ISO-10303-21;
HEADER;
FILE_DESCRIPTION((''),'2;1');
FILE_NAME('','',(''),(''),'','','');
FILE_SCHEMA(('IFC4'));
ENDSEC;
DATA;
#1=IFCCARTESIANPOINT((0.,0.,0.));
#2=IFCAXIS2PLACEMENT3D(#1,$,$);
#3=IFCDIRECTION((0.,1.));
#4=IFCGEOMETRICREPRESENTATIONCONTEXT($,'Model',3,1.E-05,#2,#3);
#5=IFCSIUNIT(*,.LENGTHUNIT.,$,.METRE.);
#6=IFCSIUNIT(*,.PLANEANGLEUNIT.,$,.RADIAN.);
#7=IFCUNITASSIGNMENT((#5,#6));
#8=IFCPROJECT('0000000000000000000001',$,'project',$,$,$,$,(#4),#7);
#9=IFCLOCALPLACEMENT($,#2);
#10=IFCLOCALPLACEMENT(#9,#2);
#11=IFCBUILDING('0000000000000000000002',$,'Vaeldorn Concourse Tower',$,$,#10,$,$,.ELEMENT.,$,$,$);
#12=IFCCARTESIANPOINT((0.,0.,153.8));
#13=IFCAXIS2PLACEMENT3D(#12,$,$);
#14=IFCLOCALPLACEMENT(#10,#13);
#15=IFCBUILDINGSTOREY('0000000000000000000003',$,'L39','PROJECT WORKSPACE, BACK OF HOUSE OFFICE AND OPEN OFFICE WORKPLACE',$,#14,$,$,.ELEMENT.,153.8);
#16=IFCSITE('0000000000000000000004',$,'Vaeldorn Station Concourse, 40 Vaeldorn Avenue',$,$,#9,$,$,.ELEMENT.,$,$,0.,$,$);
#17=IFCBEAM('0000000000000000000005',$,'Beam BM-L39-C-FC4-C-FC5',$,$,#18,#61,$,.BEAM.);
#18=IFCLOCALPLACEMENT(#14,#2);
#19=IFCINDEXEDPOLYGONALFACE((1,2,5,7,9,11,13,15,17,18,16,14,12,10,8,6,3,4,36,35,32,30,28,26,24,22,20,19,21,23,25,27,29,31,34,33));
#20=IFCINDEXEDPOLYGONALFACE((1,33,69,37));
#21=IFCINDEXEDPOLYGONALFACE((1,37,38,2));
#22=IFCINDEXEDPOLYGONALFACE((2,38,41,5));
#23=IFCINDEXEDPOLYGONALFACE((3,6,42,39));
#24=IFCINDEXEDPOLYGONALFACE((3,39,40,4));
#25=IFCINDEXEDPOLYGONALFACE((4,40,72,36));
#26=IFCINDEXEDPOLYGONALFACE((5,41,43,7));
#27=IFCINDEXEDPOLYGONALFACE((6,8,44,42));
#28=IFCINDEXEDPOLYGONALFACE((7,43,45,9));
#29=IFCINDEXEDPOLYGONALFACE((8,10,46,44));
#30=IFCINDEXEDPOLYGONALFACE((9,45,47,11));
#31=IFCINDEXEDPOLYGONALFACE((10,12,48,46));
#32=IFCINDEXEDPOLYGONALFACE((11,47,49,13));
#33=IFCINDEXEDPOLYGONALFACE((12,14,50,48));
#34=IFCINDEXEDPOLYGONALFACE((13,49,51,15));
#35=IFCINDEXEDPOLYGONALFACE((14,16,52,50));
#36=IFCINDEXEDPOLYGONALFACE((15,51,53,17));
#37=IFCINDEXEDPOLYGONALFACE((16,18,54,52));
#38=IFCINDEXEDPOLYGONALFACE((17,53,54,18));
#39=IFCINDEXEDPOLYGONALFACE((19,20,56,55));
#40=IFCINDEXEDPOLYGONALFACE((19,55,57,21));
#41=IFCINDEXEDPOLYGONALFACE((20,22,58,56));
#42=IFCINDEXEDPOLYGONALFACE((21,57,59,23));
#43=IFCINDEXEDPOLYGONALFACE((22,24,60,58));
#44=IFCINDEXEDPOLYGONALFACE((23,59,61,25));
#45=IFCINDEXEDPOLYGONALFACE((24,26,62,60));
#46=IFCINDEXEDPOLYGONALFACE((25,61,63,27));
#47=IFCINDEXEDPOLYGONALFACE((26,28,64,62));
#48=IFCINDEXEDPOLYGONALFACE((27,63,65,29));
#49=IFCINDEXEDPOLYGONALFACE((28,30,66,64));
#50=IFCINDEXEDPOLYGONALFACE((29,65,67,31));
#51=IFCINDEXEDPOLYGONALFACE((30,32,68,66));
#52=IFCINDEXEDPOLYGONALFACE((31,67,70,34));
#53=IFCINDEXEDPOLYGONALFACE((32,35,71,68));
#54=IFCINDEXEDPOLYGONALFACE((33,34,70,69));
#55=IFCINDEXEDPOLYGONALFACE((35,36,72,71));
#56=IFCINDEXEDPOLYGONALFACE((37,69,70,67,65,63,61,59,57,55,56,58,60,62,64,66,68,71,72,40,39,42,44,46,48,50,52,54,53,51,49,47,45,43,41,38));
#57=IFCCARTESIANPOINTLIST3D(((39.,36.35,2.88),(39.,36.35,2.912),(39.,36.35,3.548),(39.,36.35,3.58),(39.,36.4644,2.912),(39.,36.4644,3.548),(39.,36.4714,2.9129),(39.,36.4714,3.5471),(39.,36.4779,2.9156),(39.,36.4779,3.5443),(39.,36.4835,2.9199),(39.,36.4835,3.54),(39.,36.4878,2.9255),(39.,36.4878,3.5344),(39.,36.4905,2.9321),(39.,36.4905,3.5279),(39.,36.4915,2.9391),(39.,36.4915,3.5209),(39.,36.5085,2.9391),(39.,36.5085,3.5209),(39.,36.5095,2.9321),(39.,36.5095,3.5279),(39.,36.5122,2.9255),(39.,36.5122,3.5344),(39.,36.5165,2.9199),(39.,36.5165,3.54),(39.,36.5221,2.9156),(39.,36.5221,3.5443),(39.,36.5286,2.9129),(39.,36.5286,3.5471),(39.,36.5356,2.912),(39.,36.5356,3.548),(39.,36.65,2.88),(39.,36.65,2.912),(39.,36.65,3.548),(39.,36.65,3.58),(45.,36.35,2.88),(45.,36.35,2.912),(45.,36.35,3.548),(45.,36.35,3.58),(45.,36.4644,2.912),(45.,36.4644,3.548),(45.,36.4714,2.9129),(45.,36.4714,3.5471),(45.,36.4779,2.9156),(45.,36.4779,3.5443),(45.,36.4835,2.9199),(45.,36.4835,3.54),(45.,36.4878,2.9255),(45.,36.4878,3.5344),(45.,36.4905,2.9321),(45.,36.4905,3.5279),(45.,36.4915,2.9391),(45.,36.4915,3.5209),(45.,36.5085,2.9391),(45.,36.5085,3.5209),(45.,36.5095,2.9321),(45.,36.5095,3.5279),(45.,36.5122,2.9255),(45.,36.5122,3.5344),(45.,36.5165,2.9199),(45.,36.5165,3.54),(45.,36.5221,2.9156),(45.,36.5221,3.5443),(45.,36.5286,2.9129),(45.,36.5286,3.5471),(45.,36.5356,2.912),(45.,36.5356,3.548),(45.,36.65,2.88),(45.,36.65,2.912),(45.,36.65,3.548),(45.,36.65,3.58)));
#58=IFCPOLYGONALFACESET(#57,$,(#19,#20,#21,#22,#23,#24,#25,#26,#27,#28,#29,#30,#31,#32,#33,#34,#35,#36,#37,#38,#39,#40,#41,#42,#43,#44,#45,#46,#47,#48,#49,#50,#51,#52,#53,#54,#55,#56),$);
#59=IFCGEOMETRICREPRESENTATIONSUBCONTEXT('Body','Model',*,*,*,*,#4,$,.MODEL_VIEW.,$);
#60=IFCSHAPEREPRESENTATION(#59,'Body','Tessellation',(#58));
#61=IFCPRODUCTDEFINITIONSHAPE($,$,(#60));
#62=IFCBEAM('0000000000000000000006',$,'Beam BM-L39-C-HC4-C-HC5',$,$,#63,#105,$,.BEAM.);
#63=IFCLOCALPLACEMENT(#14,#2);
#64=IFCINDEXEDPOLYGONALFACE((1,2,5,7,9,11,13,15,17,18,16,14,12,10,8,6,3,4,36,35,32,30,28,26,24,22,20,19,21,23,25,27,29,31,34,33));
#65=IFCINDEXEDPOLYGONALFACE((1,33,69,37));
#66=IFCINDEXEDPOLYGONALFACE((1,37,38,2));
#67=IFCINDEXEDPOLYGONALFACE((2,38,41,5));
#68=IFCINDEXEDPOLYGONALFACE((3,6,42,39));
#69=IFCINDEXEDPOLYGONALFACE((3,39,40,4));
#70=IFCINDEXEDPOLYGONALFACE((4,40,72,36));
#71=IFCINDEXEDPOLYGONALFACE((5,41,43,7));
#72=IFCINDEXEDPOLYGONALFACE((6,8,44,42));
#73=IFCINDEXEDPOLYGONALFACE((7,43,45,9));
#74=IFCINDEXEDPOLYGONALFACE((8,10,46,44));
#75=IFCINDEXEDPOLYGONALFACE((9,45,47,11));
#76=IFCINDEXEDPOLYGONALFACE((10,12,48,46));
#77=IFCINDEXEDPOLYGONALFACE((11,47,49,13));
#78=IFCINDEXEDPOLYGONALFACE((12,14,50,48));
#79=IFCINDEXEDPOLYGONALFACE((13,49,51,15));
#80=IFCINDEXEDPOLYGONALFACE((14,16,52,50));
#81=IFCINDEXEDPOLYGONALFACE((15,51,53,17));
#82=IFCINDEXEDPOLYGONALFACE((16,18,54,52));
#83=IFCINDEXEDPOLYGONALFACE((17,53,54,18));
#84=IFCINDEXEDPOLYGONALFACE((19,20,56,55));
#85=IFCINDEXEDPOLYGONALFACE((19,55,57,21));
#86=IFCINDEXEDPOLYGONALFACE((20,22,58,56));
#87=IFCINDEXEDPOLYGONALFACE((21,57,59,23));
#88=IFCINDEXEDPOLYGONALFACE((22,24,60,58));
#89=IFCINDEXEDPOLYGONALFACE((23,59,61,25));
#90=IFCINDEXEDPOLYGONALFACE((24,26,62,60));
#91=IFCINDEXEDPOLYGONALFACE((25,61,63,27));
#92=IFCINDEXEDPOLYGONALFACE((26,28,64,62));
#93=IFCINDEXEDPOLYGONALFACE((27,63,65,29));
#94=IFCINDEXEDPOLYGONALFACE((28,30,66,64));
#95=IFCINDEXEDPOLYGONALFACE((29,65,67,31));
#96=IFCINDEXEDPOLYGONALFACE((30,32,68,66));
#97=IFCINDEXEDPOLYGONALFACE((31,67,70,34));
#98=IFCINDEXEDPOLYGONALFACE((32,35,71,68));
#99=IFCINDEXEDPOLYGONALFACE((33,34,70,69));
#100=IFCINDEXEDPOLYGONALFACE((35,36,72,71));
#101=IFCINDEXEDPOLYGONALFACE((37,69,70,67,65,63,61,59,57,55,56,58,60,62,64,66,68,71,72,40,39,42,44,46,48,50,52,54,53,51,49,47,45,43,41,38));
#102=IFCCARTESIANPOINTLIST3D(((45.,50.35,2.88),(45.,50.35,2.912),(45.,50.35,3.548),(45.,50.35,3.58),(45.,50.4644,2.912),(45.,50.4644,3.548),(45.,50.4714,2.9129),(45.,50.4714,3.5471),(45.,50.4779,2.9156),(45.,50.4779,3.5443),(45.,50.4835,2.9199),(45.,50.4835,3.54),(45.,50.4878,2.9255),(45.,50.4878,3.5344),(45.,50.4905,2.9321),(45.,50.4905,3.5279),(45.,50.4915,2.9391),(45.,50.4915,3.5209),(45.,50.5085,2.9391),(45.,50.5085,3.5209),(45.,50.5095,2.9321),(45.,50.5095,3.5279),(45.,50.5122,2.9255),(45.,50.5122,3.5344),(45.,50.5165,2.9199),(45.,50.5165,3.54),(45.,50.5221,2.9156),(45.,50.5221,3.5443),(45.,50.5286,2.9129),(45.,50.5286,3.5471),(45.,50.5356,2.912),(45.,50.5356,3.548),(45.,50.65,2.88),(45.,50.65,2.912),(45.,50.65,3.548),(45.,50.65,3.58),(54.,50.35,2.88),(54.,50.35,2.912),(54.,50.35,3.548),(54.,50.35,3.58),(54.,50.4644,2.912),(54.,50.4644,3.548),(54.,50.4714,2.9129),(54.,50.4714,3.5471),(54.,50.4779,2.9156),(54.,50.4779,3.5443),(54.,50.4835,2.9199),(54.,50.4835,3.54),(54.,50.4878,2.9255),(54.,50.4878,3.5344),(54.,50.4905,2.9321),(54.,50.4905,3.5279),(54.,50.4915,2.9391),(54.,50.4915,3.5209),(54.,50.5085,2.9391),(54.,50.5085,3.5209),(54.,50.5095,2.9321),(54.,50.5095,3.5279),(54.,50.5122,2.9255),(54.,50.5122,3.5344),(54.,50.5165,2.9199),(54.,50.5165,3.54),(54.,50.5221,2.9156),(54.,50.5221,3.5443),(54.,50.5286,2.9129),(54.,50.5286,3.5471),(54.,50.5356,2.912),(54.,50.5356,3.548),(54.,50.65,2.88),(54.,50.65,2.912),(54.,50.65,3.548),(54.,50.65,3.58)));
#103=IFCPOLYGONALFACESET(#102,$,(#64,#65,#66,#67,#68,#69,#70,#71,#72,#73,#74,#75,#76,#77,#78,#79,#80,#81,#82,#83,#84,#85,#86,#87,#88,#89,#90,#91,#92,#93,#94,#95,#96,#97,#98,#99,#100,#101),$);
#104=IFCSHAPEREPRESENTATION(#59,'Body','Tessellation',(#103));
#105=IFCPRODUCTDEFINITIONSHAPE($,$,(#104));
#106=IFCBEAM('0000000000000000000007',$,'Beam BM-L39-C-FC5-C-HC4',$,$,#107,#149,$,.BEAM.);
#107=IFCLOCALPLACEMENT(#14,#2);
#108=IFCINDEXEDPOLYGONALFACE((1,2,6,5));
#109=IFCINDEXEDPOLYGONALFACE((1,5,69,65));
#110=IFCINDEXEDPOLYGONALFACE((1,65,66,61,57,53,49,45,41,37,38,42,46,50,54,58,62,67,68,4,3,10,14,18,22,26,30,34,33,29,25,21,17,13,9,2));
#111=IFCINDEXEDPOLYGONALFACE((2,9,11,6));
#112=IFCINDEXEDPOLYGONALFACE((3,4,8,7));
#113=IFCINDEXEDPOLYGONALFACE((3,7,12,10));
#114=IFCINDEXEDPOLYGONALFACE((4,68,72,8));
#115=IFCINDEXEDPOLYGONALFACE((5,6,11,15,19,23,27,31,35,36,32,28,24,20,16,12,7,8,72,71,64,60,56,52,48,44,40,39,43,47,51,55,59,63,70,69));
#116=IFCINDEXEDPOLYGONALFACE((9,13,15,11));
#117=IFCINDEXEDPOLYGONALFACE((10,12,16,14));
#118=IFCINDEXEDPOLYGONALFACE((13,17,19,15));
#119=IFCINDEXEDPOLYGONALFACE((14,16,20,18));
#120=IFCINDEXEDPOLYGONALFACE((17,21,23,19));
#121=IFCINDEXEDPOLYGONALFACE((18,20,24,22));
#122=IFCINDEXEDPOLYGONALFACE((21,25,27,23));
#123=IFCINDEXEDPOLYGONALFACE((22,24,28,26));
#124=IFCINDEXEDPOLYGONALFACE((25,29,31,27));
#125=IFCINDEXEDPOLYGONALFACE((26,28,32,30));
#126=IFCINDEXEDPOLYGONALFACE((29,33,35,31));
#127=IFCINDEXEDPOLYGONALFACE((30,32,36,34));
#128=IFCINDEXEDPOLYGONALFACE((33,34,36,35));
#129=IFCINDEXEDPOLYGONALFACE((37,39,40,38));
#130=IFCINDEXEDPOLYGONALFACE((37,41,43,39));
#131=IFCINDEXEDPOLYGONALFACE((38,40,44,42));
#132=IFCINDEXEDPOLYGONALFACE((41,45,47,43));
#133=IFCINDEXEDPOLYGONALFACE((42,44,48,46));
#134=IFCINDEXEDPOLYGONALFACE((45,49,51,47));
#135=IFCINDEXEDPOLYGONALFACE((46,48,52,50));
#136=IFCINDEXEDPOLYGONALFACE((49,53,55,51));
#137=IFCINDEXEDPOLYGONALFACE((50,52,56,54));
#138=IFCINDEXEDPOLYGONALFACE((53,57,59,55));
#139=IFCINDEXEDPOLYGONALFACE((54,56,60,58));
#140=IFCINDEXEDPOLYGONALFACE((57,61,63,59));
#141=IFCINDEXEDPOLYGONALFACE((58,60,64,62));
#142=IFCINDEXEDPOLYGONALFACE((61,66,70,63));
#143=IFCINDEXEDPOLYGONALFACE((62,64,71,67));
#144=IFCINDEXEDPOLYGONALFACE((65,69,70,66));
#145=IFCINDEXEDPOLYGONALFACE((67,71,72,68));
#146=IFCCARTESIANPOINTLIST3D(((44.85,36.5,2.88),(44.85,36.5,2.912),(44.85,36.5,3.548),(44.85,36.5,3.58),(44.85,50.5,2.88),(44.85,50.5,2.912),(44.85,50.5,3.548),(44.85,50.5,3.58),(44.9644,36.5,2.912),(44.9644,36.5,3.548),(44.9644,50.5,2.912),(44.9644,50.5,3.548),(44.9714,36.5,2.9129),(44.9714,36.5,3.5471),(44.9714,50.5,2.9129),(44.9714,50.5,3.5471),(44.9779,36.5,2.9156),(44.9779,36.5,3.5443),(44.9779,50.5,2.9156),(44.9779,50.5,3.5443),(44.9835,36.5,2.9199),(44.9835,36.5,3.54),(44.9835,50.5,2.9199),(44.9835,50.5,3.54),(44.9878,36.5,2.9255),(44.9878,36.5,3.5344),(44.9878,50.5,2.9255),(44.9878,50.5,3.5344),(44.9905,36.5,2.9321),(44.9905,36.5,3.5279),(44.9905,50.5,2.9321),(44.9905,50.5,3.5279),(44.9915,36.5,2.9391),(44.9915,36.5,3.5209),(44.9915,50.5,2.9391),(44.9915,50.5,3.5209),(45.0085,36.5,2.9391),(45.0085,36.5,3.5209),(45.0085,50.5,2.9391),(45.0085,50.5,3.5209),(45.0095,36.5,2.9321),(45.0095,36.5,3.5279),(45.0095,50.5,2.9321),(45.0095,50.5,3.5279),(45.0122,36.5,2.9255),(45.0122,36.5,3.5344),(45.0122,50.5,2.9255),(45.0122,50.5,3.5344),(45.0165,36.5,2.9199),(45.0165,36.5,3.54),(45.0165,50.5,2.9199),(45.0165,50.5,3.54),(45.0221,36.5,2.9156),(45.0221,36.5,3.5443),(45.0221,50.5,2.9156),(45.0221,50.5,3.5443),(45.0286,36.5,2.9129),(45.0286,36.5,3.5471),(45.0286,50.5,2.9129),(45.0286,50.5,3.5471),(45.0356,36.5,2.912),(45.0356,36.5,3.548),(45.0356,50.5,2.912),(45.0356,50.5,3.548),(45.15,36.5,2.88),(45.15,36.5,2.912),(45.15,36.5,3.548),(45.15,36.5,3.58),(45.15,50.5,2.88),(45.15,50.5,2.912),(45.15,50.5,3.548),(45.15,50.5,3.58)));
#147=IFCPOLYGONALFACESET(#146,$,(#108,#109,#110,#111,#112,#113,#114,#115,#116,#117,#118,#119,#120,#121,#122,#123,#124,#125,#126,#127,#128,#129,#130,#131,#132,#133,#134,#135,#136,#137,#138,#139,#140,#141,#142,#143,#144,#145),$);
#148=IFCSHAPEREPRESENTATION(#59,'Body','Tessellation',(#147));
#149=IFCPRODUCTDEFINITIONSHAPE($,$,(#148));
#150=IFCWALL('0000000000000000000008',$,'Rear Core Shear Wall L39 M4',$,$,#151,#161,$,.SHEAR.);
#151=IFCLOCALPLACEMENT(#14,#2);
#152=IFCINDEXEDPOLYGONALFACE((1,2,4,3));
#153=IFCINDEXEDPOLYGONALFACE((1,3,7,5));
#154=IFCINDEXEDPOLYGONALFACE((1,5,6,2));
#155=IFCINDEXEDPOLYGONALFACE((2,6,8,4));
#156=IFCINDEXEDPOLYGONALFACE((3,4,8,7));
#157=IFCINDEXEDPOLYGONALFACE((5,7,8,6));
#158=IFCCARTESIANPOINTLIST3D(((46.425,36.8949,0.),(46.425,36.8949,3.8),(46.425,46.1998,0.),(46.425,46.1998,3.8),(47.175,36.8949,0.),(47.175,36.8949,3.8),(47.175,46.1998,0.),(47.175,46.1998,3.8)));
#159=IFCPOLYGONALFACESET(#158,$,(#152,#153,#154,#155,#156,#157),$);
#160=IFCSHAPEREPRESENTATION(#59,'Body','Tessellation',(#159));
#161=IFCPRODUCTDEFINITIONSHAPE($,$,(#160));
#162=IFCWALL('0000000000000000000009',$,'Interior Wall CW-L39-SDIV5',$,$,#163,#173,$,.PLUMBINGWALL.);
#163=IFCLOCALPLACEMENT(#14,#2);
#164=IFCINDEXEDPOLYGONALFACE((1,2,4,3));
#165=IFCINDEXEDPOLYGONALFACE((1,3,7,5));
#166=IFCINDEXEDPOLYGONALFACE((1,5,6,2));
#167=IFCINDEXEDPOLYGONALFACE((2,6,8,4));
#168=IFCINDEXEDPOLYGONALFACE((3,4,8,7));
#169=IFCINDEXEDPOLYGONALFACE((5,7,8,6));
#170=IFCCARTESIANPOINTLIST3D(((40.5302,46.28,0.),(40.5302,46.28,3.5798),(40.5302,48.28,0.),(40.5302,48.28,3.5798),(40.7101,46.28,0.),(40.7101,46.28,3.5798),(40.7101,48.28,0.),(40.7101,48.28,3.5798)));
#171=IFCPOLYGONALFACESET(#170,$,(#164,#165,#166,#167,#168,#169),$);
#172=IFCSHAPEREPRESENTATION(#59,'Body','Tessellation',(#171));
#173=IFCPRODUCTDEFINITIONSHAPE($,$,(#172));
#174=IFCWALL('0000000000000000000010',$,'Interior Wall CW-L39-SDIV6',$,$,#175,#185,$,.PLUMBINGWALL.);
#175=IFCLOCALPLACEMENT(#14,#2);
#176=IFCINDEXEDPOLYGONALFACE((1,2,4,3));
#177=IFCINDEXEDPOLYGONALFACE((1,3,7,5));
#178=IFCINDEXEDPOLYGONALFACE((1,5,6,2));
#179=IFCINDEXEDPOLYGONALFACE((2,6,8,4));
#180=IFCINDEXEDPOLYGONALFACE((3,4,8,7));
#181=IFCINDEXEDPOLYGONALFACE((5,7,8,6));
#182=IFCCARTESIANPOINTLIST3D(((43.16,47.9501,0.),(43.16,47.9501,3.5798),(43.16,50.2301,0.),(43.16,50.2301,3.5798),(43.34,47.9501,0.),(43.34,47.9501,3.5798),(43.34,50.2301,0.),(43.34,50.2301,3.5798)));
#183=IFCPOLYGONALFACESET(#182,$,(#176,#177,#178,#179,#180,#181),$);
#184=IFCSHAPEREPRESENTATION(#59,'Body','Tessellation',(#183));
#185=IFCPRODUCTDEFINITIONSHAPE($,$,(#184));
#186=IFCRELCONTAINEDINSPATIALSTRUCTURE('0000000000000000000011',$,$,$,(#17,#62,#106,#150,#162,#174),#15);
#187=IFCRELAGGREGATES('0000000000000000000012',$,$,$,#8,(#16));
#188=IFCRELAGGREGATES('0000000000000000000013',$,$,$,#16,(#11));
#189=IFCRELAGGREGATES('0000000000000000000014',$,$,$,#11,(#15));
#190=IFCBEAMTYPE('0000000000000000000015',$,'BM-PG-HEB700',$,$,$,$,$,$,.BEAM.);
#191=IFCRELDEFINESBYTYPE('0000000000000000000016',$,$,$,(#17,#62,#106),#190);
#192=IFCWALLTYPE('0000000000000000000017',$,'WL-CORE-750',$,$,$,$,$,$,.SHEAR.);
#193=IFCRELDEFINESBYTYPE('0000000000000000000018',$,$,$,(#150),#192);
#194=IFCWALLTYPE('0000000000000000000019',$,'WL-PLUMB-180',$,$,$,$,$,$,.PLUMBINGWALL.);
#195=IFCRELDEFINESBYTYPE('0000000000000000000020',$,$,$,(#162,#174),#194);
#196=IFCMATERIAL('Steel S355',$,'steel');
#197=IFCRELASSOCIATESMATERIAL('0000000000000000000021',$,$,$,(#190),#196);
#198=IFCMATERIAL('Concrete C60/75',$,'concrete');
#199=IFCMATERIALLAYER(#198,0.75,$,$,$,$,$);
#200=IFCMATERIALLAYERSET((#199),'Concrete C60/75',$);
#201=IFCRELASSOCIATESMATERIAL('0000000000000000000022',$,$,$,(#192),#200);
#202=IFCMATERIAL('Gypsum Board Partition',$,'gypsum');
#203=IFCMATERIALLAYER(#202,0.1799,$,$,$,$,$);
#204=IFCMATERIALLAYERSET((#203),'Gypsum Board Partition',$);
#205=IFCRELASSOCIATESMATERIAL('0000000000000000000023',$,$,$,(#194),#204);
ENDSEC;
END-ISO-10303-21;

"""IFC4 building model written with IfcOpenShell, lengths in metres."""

from ifc_helpers import new_model, si_unit, direction, frame, frame_2d, origin, origin_2d, place, context, subcontext, project, spatial, rectangle, i_section, extrude, source, transform, mapped, material, layer, layer_set, material_profile, profile_set, type_object, element, save


model = new_model("IFC4")

# Units and contexts
model_context = context("Model", 3, precision=1e-05, world=origin(), true_north=direction((0.0, 1.0)))
body_context = subcontext(model_context, "Body", "Model", "MODEL_VIEW")
ifc_project = project(units=[si_unit("LENGTHUNIT", "METRE"), si_unit("PLANEANGLEUNIT", "RADIAN")], contexts=[model_context])

# Site, building, storey
site_placement = place(None, origin())
site = spatial("IfcSite", under=ifc_project, at=site_placement, Name="Vaeldorn Station Concourse, 40 Vaeldorn Avenue", CompositionType="ELEMENT", RefElevation=0.0)
building_placement = place(site_placement, origin())
building = spatial("IfcBuilding", under=site, at=building_placement, Name="Vaeldorn Concourse Tower", CompositionType="ELEMENT")
storey_placement = place(building_placement, frame((0.0, 0.0, 153.8)))
storey = spatial("IfcBuildingStorey", under=building, at=storey_placement, Name="L39", Description="PROJECT WORKSPACE, BACK OF HOUSE OFFICE AND OPEN OFFICE WORKPLACE", CompositionType="ELEMENT", Elevation=153.8)

# Beams
ifc_material_1 = material(Name="Concrete C60/75", Category="concrete")
ifc_material_2 = material(Name="Steel S355", Category="steel")
ifc_material_profile_1 = material_profile(ifc_material_2, i_section(OverallWidth=0.3, OverallDepth=0.7, WebThickness=0.0171, FlangeThickness=0.032, FilletRadius=0.0271, at=origin_2d()), Name="HEB 700")
ifc_profile_set_1 = profile_set([ifc_material_profile_1], Name="Steel S355")
beam_type_1 = type_object("IfcBeamType", Name="BM-PG-HEB700", PredefinedType="BEAM", material=ifc_profile_set_1)
shared_shape_1 = source(origin(), body_context, "Body", "SweptSolid", [
    extrude(i_section(OverallWidth=0.3, OverallDepth=0.7, WebThickness=0.0171, FlangeThickness=0.032, FilletRadius=0.0271, at=origin_2d()), origin(), (0.0, 0.0, 1.0), 6.0),
])
beam_1_placement = place(storey_placement, frame((39.0, 36.5, 3.23), z_axis=(1.0, 0.0, 0.0), x_axis=(0.0, 1.0, 0.0)))
element("IfcBeam", 1, at=beam_1_placement, inside=storey, type_object=beam_type_1, Name="Beam BM-L39-C-FC4-C-FC5", PredefinedType="BEAM", context=body_context, shape_type="MappedRepresentation", body=[
    mapped(shared_shape_1, transform((0.0, 0.0, 0.0), scale=1.0)),
])
shared_shape_2 = source(origin(), body_context, "Body", "SweptSolid", [
    extrude(i_section(OverallWidth=0.3, OverallDepth=0.7, WebThickness=0.0171, FlangeThickness=0.032, FilletRadius=0.0271, at=origin_2d()), origin(), (0.0, 0.0, 1.0), 9.0),
])
beam_2_placement = place(storey_placement, frame((45.0, 50.5, 3.23), z_axis=(1.0, 0.0, 0.0), x_axis=(0.0, 1.0, 0.0)))
element("IfcBeam", 2, at=beam_2_placement, inside=storey, type_object=beam_type_1, Name="Beam BM-L39-C-HC4-C-HC5", PredefinedType="BEAM", context=body_context, shape_type="MappedRepresentation", body=[
    mapped(shared_shape_2, transform((0.0, 0.0, 0.0), scale=1.0)),
])
shared_shape_3 = source(origin(), body_context, "Body", "SweptSolid", [
    extrude(i_section(OverallWidth=0.3, OverallDepth=0.7, WebThickness=0.0171, FlangeThickness=0.032, FilletRadius=0.0271, at=origin_2d()), origin(), (0.0, 0.0, 1.0), 14.0),
])
beam_3_placement = place(storey_placement, frame((45.0, 36.5, 3.23), z_axis=(0.0, 1.0, 0.0), x_axis=(-1.0, 0.0, 0.0)))
element("IfcBeam", 3, at=beam_3_placement, inside=storey, type_object=beam_type_1, Name="Beam BM-L39-C-FC5-C-HC4", PredefinedType="BEAM", context=body_context, shape_type="MappedRepresentation", body=[
    mapped(shared_shape_3, transform((0.0, 0.0, 0.0), scale=1.0)),
])

# Walls
ifc_layer_1 = layer(ifc_material_1, 0.75)
ifc_layer_set_1 = layer_set([ifc_layer_1], Name="Concrete C60/75")
wall_type_1 = type_object("IfcWallType", Name="WL-CORE-750", PredefinedType="SHEAR", material=ifc_layer_set_1)
wall_1_placement = place(storey_placement, frame((46.8, 36.895, 0.0), z_axis=(0.0, 0.0, 1.0), x_axis=(0.0, 1.0, 0.0)))
element("IfcWall", 4, at=wall_1_placement, inside=storey, type_object=wall_type_1, Name="Rear Core Shear Wall L39 M4", PredefinedType="SHEAR", context=body_context, shape_type="SweptSolid", body=[
    extrude(rectangle(XDim=9.3049, YDim=0.75, at=frame_2d((4.6523, 0.0))), origin(), (0.0, 0.0, 1.0), 3.8),
])
ifc_material_3 = material(Name="Gypsum Board Partition", Category="gypsum")
ifc_layer_2 = layer(ifc_material_3, 0.1799)
ifc_layer_set_2 = layer_set([ifc_layer_2], Name="Gypsum Board Partition")
wall_type_2 = type_object("IfcWallType", Name="WL-PLUMB-180", PredefinedType="PLUMBINGWALL", material=ifc_layer_set_2)
wall_2_placement = place(storey_placement, frame((40.6201, 46.28, 0.0), z_axis=(0.0, 0.0, 1.0), x_axis=(0.0, 1.0, 0.0)))
element("IfcWall", 5, at=wall_2_placement, inside=storey, type_object=wall_type_2, Name="Interior Wall CW-L39-SDIV5", PredefinedType="PLUMBINGWALL", context=body_context, shape_type="SweptSolid", body=[
    extrude(rectangle(XDim=2.0, YDim=0.1799, at=frame_2d((1.0, 0.0))), origin(), (0.0, 0.0, 1.0), 3.5798),
])
wall_3_placement = place(storey_placement, frame((43.25, 47.95, 0.0), z_axis=(0.0, 0.0, 1.0), x_axis=(0.0, 1.0, 0.0)))
element("IfcWall", 6, at=wall_3_placement, inside=storey, type_object=wall_type_2, Name="Interior Wall CW-L39-SDIV6", PredefinedType="PLUMBINGWALL", context=body_context, shape_type="SweptSolid", body=[
    extrude(rectangle(XDim=2.28, YDim=0.1799, at=frame_2d((1.1401, 0.0))), origin(), (0.0, 0.0, 1.0), 3.5798),
])

save(model, "model.ifc")
